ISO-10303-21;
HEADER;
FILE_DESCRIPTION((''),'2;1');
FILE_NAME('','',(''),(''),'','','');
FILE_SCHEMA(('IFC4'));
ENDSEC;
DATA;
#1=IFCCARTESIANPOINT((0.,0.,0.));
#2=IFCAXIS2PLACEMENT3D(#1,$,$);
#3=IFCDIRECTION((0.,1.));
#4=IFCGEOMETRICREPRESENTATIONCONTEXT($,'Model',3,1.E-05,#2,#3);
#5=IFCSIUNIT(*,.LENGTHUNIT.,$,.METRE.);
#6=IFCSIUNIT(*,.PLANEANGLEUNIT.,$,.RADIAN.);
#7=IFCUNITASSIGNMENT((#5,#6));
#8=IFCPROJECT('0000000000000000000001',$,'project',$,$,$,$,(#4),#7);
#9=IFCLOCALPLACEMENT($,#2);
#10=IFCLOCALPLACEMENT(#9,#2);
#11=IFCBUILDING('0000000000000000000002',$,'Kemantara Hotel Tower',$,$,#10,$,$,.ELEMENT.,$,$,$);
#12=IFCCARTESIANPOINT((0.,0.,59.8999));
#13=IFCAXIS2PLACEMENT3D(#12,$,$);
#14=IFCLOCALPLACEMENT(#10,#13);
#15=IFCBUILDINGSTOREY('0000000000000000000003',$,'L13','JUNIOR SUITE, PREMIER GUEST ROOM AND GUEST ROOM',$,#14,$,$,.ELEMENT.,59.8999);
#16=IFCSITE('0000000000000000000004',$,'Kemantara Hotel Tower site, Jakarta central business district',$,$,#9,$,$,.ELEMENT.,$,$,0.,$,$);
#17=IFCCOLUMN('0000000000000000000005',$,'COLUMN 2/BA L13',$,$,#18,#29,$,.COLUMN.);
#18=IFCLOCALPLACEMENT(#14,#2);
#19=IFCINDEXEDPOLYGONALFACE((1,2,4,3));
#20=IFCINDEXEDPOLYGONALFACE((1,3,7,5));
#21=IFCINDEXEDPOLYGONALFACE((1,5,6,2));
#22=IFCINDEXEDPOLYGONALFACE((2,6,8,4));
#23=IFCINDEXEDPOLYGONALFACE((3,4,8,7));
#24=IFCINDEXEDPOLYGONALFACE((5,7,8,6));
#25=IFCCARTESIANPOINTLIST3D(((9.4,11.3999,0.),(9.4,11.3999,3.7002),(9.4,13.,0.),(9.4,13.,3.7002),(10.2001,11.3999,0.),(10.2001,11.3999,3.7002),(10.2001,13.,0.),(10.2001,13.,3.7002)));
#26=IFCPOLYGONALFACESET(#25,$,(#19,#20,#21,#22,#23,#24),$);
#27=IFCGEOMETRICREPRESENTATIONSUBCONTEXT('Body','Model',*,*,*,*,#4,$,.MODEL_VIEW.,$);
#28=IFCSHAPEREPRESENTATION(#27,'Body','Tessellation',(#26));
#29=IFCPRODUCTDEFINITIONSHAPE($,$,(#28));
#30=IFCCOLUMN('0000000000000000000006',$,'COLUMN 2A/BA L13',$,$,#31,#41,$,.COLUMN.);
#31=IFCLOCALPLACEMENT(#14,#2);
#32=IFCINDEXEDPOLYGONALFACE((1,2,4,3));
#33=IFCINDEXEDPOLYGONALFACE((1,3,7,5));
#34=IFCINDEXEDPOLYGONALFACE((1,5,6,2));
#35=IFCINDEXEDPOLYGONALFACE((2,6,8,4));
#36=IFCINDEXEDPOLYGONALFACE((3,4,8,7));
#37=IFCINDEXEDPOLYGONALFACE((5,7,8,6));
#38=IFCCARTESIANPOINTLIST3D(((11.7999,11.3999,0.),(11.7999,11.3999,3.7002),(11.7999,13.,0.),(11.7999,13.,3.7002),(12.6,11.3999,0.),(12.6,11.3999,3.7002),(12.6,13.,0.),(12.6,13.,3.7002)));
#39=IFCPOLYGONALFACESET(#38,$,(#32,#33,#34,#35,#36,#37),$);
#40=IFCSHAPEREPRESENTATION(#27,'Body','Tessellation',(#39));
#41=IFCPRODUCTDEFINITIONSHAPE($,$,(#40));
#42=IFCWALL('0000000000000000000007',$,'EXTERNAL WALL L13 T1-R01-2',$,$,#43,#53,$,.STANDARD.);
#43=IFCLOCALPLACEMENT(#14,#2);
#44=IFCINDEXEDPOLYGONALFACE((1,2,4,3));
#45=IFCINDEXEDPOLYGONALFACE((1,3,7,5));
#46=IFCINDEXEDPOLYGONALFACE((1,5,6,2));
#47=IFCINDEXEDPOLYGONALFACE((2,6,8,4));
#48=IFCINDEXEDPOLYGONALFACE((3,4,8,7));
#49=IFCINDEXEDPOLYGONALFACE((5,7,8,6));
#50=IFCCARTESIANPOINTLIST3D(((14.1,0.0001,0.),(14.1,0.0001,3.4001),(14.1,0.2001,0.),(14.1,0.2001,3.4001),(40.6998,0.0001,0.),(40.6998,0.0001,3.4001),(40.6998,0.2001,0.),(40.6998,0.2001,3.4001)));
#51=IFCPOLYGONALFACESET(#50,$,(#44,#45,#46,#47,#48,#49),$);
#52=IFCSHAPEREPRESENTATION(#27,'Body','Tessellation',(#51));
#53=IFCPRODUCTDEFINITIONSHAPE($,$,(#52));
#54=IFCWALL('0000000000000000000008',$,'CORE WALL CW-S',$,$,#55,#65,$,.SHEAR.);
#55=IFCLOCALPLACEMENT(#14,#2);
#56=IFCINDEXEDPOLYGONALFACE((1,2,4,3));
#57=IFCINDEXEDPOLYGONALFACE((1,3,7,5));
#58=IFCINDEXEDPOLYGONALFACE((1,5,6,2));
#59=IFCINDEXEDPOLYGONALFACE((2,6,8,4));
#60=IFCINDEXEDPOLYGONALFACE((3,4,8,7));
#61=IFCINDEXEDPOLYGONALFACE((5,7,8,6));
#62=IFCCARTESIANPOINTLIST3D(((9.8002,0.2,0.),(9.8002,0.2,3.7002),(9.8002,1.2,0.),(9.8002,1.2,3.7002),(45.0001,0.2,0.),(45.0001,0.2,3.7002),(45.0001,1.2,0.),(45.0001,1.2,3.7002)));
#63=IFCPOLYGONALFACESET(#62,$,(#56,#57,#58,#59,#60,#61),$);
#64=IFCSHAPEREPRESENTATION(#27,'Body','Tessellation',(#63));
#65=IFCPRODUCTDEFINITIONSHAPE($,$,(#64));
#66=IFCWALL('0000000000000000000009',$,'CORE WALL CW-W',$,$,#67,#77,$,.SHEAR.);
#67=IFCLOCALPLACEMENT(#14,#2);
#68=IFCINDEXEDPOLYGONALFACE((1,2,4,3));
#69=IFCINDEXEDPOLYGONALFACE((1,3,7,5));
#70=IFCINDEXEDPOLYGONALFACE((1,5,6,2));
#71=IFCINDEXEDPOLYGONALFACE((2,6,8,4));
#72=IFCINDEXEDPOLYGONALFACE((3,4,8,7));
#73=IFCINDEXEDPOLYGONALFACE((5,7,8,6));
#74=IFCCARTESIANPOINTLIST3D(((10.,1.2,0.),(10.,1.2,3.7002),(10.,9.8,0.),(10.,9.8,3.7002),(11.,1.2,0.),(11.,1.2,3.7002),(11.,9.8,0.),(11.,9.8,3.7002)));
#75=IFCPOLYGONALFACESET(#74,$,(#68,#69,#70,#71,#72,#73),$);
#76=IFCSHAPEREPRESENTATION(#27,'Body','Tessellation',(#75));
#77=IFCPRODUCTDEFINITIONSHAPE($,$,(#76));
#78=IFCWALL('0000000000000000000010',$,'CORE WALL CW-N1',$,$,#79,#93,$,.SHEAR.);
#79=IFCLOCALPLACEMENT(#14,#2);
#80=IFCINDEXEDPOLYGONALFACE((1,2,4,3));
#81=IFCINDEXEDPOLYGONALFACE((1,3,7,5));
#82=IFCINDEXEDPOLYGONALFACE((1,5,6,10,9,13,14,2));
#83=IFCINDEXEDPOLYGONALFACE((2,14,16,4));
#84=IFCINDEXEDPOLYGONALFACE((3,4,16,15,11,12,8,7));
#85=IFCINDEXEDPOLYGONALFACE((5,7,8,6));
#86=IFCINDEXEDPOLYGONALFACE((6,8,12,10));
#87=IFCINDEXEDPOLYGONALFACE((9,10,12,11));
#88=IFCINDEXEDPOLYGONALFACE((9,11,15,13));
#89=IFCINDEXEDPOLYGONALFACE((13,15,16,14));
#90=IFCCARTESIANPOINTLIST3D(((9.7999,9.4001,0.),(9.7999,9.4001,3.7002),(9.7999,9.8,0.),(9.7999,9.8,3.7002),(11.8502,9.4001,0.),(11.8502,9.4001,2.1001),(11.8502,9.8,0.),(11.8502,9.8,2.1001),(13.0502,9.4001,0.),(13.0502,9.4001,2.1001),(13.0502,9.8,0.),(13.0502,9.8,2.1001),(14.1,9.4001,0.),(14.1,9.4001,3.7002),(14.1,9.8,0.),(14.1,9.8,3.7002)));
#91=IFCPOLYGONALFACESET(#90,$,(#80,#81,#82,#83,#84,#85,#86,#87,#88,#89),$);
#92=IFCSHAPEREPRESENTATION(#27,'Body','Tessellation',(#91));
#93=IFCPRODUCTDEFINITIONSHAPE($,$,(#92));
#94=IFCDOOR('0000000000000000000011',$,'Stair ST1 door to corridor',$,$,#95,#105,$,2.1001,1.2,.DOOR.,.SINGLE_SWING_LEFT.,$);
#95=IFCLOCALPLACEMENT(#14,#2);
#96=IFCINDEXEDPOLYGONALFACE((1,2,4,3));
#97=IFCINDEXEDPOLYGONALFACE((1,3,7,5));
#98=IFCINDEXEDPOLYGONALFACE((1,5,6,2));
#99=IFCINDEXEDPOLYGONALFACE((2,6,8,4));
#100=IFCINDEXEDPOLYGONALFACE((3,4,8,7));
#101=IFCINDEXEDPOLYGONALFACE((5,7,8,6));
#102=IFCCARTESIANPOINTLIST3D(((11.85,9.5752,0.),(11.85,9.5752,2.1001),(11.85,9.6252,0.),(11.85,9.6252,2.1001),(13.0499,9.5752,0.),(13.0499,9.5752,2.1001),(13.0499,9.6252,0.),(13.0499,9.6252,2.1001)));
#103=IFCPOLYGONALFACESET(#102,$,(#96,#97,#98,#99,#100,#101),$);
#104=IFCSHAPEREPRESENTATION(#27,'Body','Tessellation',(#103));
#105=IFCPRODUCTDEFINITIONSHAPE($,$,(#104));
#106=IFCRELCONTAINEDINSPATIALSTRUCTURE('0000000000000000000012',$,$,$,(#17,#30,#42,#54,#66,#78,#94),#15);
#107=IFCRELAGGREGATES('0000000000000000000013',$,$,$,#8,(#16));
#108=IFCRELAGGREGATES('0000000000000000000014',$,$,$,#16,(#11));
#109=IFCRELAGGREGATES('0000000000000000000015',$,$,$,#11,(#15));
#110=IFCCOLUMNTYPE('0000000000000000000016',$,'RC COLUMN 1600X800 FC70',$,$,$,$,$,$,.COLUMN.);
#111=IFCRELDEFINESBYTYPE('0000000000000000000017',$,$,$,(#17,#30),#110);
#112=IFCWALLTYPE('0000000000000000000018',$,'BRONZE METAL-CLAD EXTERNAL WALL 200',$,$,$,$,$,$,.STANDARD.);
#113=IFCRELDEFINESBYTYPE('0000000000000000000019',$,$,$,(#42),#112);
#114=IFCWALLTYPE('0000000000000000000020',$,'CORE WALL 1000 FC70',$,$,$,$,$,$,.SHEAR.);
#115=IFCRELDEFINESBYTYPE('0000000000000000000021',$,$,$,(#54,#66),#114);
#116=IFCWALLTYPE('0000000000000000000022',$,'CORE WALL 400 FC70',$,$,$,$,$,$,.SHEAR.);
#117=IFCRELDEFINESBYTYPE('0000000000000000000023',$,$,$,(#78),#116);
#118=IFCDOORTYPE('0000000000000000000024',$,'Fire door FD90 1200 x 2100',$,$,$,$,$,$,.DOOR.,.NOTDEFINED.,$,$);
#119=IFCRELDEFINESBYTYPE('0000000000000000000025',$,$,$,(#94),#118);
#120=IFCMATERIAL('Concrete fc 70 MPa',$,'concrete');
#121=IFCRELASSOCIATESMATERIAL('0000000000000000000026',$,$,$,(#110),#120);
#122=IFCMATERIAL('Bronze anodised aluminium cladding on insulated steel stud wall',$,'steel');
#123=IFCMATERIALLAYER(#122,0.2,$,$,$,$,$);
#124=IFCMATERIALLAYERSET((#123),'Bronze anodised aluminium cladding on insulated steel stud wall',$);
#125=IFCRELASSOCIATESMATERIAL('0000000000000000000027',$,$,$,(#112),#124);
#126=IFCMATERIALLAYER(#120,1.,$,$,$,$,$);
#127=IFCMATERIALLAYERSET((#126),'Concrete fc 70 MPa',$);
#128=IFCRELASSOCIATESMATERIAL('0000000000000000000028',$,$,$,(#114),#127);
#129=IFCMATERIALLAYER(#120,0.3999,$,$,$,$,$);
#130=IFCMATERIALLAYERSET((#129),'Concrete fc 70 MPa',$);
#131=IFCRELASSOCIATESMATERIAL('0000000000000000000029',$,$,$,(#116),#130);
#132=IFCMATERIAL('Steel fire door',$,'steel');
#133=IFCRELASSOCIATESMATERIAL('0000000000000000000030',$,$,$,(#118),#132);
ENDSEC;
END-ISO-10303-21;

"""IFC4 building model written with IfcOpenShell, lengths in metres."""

from ifc_helpers import new_model, si_unit, direction, frame, frame_2d, origin, origin_2d, place, context, subcontext, project, spatial, rectangle, extrude, material, layer, layer_set, material_profile, profile_set, type_object, element, fill, save


model = new_model("IFC4")

# Units and contexts
model_context = context("Model", 3, precision=1e-05, world=origin(), true_north=direction((0.0, 1.0)))
body_context = subcontext(model_context, "Body", "Model", "MODEL_VIEW")
ifc_project = project(units=[si_unit("LENGTHUNIT", "METRE"), si_unit("PLANEANGLEUNIT", "RADIAN")], contexts=[model_context])

# Site, building, storey
site_placement = place(None, origin())
site = spatial("IfcSite", under=ifc_project, at=site_placement, Name="Kemantara Hotel Tower site, Jakarta central business district", CompositionType="ELEMENT", RefElevation=0.0)
building_placement = place(site_placement, origin())
building = spatial("IfcBuilding", under=site, at=building_placement, Name="Kemantara Hotel Tower", CompositionType="ELEMENT")
storey_placement = place(building_placement, frame((0.0, 0.0, 59.8999)))
storey = spatial("IfcBuildingStorey", under=building, at=storey_placement, Name="L13", Description="JUNIOR SUITE, PREMIER GUEST ROOM AND GUEST ROOM", CompositionType="ELEMENT", Elevation=59.8999)

# Columns
ifc_material_1 = material(Name="Concrete fc 70 MPa", Category="concrete")
ifc_material_profile = material_profile(ifc_material_1, rectangle(XDim=1.6001, YDim=0.8, at=origin_2d()), Name="RC 1600X800")
ifc_profile_set = profile_set([ifc_material_profile], Name="Concrete fc 70 MPa")
column_type = type_object("IfcColumnType", Name="RC COLUMN 1600X800 FC70", PredefinedType="COLUMN", material=ifc_profile_set)
for number, where, z_axis, x_axis, name in (
    (1, (9.8, 12.2, 0.0), (0.0, 0.0, 1.0), (0.0, 1.0, 0.0), "COLUMN 2/BA L13"),
    (2, (12.2, 12.2, 0.0), (0.0, 0.0, 1.0), (0.0, 1.0, 0.0), "COLUMN 2A/BA L13"),
):
    element("IfcColumn", number, at=place(storey_placement, frame(where, z_axis=z_axis, x_axis=x_axis)), inside=storey, type_object=column_type, Name=name, PredefinedType="COLUMN", context=body_context, shape_type="SweptSolid", body=[
        extrude(rectangle(XDim=1.6001, YDim=0.8, at=origin_2d()), origin(), (0.0, 0.0, 1.0), 3.7002),
    ])

# Walls
ifc_material_2 = material(Name="Bronze anodised aluminium cladding on insulated steel stud wall", Category="steel")
ifc_layer_1 = layer(ifc_material_2, 0.2)
ifc_layer_set_1 = layer_set([ifc_layer_1], Name="Bronze anodised aluminium cladding on insulated steel stud wall")
wall_type_1 = type_object("IfcWallType", Name="BRONZE METAL-CLAD EXTERNAL WALL 200", PredefinedType="STANDARD", material=ifc_layer_set_1)
wall_1_placement = place(storey_placement, frame((14.1001, 0.1001, 0.0), z_axis=(0.0, 0.0, 1.0), x_axis=(1.0, 0.0, 0.0)))
element("IfcWall", 3, at=wall_1_placement, inside=storey, type_object=wall_type_1, Name="EXTERNAL WALL L13 T1-R01-2", PredefinedType="STANDARD", context=body_context, shape_type="SweptSolid", body=[
    extrude(rectangle(XDim=26.5999, YDim=0.2, at=frame_2d((13.2998, 0.0))), origin(), (0.0, 0.0, 1.0), 3.4001),
])
ifc_layer_2 = layer(ifc_material_1, 1.0)
ifc_layer_set_2 = layer_set([ifc_layer_2], Name="Concrete fc 70 MPa")
wall_type_2 = type_object("IfcWallType", Name="CORE WALL 1000 FC70", PredefinedType="SHEAR", material=ifc_layer_set_2)
wall_2_placement = place(storey_placement, frame((9.8, 0.7, 0.0), z_axis=(0.0, 0.0, 1.0), x_axis=(1.0, 0.0, 0.0)))
element("IfcWall", 4, at=wall_2_placement, inside=storey, type_object=wall_type_2, Name="CORE WALL CW-S", PredefinedType="SHEAR", context=body_context, shape_type="SweptSolid", body=[
    extrude(rectangle(XDim=35.2, YDim=1.0, at=frame_2d((17.6001, 0.0))), origin(), (0.0, 0.0, 1.0), 3.7002),
])
wall_3_placement = place(storey_placement, frame((10.5, 1.2, 0.0), z_axis=(0.0, 0.0, 1.0), x_axis=(0.0, 1.0, 0.0)))
element("IfcWall", 5, at=wall_3_placement, inside=storey, type_object=wall_type_2, Name="CORE WALL CW-W", PredefinedType="SHEAR", context=body_context, shape_type="SweptSolid", body=[
    extrude(rectangle(XDim=8.6001, YDim=1.0, at=frame_2d((4.3, 0.0))), origin(), (0.0, 0.0, 1.0), 3.7002),
])

# Wall, opening, door
ifc_layer_3 = layer(ifc_material_1, 0.3999)
ifc_layer_set_3 = layer_set([ifc_layer_3], Name="Concrete fc 70 MPa")
wall_type_3 = type_object("IfcWallType", Name="CORE WALL 400 FC70", PredefinedType="SHEAR", material=ifc_layer_set_3)
wall_4_placement = place(storey_placement, frame((9.8, 9.6001, 0.0), z_axis=(0.0, 0.0, 1.0), x_axis=(1.0, 0.0, 0.0)))
wall_4 = element("IfcWall", 6, at=wall_4_placement, inside=storey, type_object=wall_type_3, Name="CORE WALL CW-N1", PredefinedType="SHEAR", context=body_context, shape_type="SweptSolid", body=[
    extrude(rectangle(XDim=4.3, YDim=0.3999, at=frame_2d((2.1499, 0.0))), origin(), (0.0, 0.0, 1.0), 3.7002),
])
opening_1_placement = place(wall_4_placement, frame((2.05, 0.0, 0.0)))
opening_1 = element("IfcOpeningElement", 7, at=opening_1_placement, cuts=wall_4, PredefinedType="OPENING", context=body_context, shape_type="SweptSolid", body=[
    extrude(rectangle(XDim=1.2, YDim=2.1001, at=frame_2d((0.6001, 1.05))), frame((0.0, 0.21, 0.0), z_axis=(0.0, -1.0, 0.0), x_axis=(1.0, 0.0, 0.0)), (0.0, 0.0, 1.0), 0.4199),
])
ifc_material_3 = material(Name="Steel fire door", Category="steel")
door_type_1 = type_object("IfcDoorType", Name="Fire door FD90 1200 x 2100", OperationType="NOTDEFINED", PredefinedType="DOOR", material=ifc_material_3)
door_1_placement = place(opening_1_placement, frame((1.2, 0.0, 0.0), z_axis=(0.0, 0.0, 1.0), x_axis=(-1.0, 0.0, 0.0)))
door_1 = element("IfcDoor", 8, at=door_1_placement, inside=storey, type_object=door_type_1, Name="Stair ST1 door to corridor", OperationType="SINGLE_SWING_LEFT", OverallHeight=2.1001, OverallWidth=1.2, PredefinedType="DOOR", context=body_context, shape_type="SweptSolid", body=[
    extrude(rectangle(XDim=1.2, YDim=2.1001, at=frame_2d((0.6001, 1.05))), frame((0.0, 0.0249, 0.0), z_axis=(0.0, -1.0, 0.0), x_axis=(1.0, 0.0, 0.0)), (0.0, 0.0, 1.0), 0.05),
])
fill(opening_1, door_1)

save(model, "model.ifc")
